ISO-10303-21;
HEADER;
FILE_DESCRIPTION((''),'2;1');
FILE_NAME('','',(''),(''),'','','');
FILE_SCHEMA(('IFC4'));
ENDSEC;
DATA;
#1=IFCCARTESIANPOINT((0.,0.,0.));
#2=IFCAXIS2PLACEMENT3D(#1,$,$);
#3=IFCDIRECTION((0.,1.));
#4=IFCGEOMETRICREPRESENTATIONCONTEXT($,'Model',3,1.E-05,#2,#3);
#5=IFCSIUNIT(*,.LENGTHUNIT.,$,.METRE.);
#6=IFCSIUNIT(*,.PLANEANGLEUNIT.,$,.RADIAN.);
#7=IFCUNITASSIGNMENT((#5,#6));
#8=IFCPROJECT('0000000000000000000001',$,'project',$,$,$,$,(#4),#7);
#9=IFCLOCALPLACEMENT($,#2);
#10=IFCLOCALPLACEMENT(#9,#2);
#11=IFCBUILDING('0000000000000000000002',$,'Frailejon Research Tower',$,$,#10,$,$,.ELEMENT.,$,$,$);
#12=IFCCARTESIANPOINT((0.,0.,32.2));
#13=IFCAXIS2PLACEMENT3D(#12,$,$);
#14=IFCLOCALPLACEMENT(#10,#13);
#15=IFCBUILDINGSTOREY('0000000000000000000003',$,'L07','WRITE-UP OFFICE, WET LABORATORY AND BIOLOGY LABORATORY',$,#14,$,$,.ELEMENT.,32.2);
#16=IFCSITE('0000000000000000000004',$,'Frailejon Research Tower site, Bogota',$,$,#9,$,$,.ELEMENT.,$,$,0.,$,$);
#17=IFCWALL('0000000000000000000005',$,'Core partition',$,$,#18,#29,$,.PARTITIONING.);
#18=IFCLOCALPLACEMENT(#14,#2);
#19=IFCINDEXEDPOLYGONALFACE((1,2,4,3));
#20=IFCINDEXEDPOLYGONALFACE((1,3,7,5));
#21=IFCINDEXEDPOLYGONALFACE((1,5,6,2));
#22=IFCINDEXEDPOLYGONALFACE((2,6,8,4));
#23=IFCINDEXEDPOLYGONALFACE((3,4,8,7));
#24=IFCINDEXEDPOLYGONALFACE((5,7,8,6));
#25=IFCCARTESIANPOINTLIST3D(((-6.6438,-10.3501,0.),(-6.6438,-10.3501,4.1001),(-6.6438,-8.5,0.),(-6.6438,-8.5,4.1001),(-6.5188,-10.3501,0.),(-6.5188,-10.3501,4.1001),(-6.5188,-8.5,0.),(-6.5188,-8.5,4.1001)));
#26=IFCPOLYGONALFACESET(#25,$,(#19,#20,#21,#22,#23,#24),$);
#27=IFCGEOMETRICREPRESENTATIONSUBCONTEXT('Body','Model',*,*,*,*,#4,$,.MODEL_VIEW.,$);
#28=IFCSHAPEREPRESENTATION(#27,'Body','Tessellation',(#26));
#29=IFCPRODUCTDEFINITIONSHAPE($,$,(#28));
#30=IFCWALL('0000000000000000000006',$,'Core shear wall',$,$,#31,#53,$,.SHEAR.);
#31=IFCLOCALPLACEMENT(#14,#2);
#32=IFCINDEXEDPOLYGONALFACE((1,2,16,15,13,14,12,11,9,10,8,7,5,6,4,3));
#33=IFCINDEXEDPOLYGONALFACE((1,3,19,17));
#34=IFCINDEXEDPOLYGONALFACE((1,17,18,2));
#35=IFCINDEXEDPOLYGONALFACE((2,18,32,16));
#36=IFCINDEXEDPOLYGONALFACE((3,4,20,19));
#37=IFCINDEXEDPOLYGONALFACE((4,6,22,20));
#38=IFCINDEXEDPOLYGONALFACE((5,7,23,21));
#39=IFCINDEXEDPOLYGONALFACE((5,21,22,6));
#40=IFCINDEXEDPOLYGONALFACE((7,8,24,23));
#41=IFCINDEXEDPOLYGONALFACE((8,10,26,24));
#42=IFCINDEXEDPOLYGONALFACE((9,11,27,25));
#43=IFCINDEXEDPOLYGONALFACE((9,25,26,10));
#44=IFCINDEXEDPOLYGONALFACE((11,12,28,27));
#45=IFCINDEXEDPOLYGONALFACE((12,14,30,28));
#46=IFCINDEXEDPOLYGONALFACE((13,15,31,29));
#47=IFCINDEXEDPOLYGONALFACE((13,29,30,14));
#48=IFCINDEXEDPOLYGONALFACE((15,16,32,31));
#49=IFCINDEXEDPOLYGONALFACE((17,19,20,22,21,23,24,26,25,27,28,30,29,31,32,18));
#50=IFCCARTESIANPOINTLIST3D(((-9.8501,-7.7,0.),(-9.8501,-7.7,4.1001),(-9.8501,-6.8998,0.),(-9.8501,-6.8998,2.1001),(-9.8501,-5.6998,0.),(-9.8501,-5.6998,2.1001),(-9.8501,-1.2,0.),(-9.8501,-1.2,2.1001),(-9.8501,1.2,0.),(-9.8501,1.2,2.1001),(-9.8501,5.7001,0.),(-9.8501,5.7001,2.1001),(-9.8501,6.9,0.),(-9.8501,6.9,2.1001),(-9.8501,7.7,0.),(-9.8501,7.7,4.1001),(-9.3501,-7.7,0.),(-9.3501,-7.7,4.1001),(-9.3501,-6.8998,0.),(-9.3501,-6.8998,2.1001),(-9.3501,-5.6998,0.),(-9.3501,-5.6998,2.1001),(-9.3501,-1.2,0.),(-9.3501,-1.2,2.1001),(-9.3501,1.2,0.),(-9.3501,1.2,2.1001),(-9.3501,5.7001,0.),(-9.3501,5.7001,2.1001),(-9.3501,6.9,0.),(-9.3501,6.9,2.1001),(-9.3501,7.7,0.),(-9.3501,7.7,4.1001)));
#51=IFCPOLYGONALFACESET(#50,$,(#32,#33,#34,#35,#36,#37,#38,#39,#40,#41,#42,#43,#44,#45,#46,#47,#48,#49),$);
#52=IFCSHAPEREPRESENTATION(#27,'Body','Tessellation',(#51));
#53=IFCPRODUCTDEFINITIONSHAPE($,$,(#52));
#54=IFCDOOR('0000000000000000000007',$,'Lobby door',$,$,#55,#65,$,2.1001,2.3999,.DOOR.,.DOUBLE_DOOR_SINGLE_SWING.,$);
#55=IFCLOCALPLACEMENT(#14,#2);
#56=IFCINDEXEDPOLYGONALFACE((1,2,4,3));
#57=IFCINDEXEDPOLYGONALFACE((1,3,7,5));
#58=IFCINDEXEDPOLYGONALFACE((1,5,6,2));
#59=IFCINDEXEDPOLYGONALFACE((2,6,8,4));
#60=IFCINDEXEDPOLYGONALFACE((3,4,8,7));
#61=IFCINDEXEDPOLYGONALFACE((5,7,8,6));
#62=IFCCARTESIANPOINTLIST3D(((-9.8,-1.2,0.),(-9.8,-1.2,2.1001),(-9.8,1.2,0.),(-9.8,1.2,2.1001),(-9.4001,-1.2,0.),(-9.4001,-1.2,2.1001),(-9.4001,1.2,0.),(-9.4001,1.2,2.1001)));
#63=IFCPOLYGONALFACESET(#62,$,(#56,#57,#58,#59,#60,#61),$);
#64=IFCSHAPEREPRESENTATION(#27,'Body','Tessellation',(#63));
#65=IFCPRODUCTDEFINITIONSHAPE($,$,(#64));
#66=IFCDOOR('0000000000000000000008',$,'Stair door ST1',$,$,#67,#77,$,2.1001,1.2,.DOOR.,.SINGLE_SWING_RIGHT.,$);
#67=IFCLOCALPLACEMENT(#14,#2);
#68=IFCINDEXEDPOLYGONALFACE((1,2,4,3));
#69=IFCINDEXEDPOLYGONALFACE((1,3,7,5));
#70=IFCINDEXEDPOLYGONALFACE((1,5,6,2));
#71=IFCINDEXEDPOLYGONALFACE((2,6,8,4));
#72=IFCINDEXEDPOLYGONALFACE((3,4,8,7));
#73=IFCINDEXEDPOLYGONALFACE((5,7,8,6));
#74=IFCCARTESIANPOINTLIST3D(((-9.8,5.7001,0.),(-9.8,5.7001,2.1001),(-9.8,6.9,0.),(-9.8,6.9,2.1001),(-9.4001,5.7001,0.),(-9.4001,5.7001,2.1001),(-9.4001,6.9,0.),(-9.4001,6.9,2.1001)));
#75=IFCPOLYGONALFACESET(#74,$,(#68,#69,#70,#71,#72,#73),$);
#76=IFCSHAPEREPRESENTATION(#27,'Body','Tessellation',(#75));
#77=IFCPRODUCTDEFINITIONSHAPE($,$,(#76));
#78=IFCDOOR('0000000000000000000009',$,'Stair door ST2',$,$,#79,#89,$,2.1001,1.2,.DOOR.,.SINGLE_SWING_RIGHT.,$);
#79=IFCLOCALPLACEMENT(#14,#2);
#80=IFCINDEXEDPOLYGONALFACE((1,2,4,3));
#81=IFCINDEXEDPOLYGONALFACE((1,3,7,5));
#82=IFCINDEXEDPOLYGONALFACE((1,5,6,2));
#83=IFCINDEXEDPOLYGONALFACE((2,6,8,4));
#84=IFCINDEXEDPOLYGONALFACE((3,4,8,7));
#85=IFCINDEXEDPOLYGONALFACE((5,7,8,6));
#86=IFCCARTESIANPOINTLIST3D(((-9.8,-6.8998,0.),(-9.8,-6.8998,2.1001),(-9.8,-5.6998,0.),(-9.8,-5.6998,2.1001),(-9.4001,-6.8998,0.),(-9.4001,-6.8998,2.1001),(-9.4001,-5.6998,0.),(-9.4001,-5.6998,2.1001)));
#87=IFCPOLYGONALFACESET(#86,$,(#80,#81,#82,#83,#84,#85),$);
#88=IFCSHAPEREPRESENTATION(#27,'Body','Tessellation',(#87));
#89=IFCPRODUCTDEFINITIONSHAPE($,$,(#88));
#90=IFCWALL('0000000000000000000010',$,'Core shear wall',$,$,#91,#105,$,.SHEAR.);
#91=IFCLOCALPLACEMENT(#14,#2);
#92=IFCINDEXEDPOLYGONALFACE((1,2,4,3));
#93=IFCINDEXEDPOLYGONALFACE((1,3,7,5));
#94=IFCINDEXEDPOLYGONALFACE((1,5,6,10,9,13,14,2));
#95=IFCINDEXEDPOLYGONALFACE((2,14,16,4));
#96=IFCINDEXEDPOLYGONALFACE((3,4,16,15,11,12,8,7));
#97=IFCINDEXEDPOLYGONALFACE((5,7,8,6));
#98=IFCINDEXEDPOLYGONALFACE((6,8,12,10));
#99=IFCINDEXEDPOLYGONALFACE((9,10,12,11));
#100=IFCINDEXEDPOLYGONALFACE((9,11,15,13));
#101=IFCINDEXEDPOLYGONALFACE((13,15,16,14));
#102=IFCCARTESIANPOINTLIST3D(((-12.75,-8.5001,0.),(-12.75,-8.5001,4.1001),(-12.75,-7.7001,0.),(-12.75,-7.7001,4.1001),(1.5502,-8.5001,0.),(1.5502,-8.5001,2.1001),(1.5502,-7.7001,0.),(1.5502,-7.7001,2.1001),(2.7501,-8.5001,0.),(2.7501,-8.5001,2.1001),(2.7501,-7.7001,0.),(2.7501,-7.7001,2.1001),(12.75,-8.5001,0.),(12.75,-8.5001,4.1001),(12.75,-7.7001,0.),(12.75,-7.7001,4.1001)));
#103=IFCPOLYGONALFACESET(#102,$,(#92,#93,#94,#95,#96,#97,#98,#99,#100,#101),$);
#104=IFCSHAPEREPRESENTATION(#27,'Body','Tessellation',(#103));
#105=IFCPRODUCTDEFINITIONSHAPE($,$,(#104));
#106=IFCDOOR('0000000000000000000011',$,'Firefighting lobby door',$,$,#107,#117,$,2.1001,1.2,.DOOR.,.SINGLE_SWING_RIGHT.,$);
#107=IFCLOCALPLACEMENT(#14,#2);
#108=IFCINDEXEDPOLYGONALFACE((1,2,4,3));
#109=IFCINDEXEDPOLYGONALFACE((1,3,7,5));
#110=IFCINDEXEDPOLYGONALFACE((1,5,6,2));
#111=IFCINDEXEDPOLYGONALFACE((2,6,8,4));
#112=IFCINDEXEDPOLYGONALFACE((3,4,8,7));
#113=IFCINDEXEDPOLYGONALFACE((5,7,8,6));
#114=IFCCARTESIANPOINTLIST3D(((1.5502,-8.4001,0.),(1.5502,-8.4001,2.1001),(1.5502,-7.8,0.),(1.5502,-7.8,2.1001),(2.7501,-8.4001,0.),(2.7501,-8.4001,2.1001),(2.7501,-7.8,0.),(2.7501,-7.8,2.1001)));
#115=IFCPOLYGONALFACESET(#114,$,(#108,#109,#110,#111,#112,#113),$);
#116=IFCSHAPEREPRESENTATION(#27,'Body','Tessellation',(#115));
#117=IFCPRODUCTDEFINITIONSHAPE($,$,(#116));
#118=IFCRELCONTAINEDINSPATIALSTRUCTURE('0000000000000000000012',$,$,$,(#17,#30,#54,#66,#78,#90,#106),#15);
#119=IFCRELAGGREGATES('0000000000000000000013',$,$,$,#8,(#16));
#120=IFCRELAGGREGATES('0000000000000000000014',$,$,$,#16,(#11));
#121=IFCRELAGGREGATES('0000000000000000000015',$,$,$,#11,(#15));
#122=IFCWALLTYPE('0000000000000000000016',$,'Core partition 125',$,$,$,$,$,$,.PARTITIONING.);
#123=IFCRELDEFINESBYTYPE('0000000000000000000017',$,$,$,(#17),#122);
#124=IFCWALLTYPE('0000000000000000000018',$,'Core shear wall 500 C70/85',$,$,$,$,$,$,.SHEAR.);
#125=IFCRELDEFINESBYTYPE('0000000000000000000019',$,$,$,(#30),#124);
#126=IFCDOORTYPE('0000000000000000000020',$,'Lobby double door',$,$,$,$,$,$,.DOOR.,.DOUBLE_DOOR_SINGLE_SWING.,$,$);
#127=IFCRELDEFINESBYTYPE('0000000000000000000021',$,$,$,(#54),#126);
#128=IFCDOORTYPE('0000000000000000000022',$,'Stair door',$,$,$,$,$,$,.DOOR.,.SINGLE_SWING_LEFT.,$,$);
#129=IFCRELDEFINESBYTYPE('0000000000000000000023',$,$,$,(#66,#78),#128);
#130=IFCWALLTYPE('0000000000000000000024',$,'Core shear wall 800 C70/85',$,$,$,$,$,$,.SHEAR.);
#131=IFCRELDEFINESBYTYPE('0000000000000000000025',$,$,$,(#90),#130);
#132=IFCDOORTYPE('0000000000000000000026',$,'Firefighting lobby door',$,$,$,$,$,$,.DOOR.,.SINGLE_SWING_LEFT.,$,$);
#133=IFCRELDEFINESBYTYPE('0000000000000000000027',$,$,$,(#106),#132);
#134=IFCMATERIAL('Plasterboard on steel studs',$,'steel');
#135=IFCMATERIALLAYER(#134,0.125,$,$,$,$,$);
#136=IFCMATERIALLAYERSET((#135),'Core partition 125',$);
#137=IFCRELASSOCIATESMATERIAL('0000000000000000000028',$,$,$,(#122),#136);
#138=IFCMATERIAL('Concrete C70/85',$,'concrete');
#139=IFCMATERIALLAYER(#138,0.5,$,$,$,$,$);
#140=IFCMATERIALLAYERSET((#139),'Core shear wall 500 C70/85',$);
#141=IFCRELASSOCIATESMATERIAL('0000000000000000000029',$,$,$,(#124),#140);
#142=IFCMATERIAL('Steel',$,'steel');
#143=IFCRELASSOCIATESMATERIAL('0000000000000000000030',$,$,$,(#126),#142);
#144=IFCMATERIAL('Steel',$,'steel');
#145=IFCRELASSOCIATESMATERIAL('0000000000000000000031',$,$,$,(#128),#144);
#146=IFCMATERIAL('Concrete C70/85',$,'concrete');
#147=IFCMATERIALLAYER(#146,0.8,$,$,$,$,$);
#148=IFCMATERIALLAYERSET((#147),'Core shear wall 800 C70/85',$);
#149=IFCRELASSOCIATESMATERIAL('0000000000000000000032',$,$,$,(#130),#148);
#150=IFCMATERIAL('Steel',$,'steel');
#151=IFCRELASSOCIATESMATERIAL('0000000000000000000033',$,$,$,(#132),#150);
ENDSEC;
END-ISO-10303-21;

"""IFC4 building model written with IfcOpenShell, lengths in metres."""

from ifc_helpers import new_model, si_unit, direction, frame, frame_2d, origin, place, context, subcontext, project, spatial, rectangle, extrude, material, layer, layer_set, type_object, element, fill, save


model = new_model("IFC4")

# Units and contexts
model_context = context("Model", 3, precision=1e-05, world=origin(), true_north=direction((0.0, 1.0)))
body_context = subcontext(model_context, "Body", "Model", "MODEL_VIEW")
ifc_project = project(units=[si_unit("LENGTHUNIT", "METRE"), si_unit("PLANEANGLEUNIT", "RADIAN")], contexts=[model_context])

# Site, building, storey
site_placement = place(None, origin())
site = spatial("IfcSite", under=ifc_project, at=site_placement, Name="Frailejon Research Tower site, Bogota", CompositionType="ELEMENT", RefElevation=0.0)
building_placement = place(site_placement, origin())
building = spatial("IfcBuilding", under=site, at=building_placement, Name="Frailejon Research Tower", CompositionType="ELEMENT")
storey_placement = place(building_placement, frame((0.0, 0.0, 32.2)))
storey = spatial("IfcBuildingStorey", under=building, at=storey_placement, Name="L07", Description="WRITE-UP OFFICE, WET LABORATORY AND BIOLOGY LABORATORY", CompositionType="ELEMENT", Elevation=32.2)

# Wall
ifc_material_1 = material(Name="Plasterboard on steel studs", Category="steel")
ifc_layer_1 = layer(ifc_material_1, 0.125)
ifc_layer_set_1 = layer_set([ifc_layer_1], Name="Core partition 125")
wall_type_1 = type_object("IfcWallType", Name="Core partition 125", PredefinedType="PARTITIONING", material=ifc_layer_set_1)
wall_1_placement = place(storey_placement, frame((-6.5813, -10.3501, 0.0), z_axis=(0.0, 0.0, 1.0), x_axis=(0.0, 1.0, 0.0)))
element("IfcWall", 1, at=wall_1_placement, inside=storey, type_object=wall_type_1, Name="Core partition", PredefinedType="PARTITIONING", context=body_context, shape_type="SweptSolid", body=[
    extrude(rectangle(XDim=1.8501, YDim=0.125, at=frame_2d((0.925, 0.0))), origin(), (0.0, 0.0, 1.0), 4.1001),
])

# Wall, openings, doors
ifc_material_2 = material(Name="Concrete C70/85", Category="concrete")
ifc_layer_2 = layer(ifc_material_2, 0.5)
ifc_layer_set_2 = layer_set([ifc_layer_2], Name="Core shear wall 500 C70/85")
wall_type_2 = type_object("IfcWallType", Name="Core shear wall 500 C70/85", PredefinedType="SHEAR", material=ifc_layer_set_2)
wall_2_placement = place(storey_placement, frame((-9.6001, -7.7, 0.0), z_axis=(0.0, 0.0, 1.0), x_axis=(0.0, 1.0, 0.0)))
wall_2 = element("IfcWall", 2, at=wall_2_placement, inside=storey, type_object=wall_type_2, Name="Core shear wall", PredefinedType="SHEAR", context=body_context, shape_type="SweptSolid", body=[
    extrude(rectangle(XDim=15.3999, YDim=0.5, at=frame_2d((7.7, 0.0))), origin(), (0.0, 0.0, 1.0), 4.1001),
])
opening_1_placement = place(wall_2_placement, frame((6.5, 0.0, 0.0)))
opening_1 = element("IfcOpeningElement", 3, at=opening_1_placement, cuts=wall_2, PredefinedType="OPENING", context=body_context, shape_type="SweptSolid", body=[
    extrude(rectangle(XDim=2.3999, YDim=2.1001, at=frame_2d((1.2, 1.05))), frame((0.0, 0.26, 0.0), z_axis=(0.0, -1.0, 0.0), x_axis=(1.0, 0.0, 0.0)), (0.0, 0.0, 1.0), 0.52),
])
opening_2_placement = place(wall_2_placement, frame((13.3999, 0.0, 0.0)))
opening_2 = element("IfcOpeningElement", 4, at=opening_2_placement, cuts=wall_2, PredefinedType="OPENING", context=body_context, shape_type="SweptSolid", body=[
    extrude(rectangle(XDim=1.2, YDim=2.1001, at=frame_2d((0.6001, 1.05))), frame((0.0, 0.26, 0.0), z_axis=(0.0, -1.0, 0.0), x_axis=(1.0, 0.0, 0.0)), (0.0, 0.0, 1.0), 0.52),
])
opening_3_placement = place(wall_2_placement, frame((0.8, 0.0, 0.0)))
opening_3 = element("IfcOpeningElement", 5, at=opening_3_placement, cuts=wall_2, PredefinedType="OPENING", context=body_context, shape_type="SweptSolid", body=[
    extrude(rectangle(XDim=1.2, YDim=2.1001, at=frame_2d((0.6001, 1.05))), frame((0.0, 0.26, 0.0), z_axis=(0.0, -1.0, 0.0), x_axis=(1.0, 0.0, 0.0)), (0.0, 0.0, 1.0), 0.52),
])
ifc_material_3 = material(Name="Steel", Category="steel")
door_type_1 = type_object("IfcDoorType", Name="Lobby double door", OperationType="DOUBLE_DOOR_SINGLE_SWING", PredefinedType="DOOR", material=ifc_material_3)
door_1_placement = place(opening_1_placement, origin())
door_1 = element("IfcDoor", 6, at=door_1_placement, inside=storey, type_object=door_type_1, Name="Lobby door", OperationType="DOUBLE_DOOR_SINGLE_SWING", OverallHeight=2.1001, OverallWidth=2.3999, PredefinedType="DOOR", context=body_context, shape_type="SweptSolid", body=[
    extrude(rectangle(XDim=2.3999, YDim=2.1001, at=frame_2d((1.2, 1.05))), frame((0.0, 0.2, 0.0), z_axis=(0.0, -1.0, 0.0), x_axis=(1.0, 0.0, 0.0)), (0.0, 0.0, 1.0), 0.3999),
])
fill(opening_1, door_1)
ifc_material_4 = material(Name="Steel", Category="steel")
door_type_2 = type_object("IfcDoorType", Name="Stair door", OperationType="SINGLE_SWING_LEFT", PredefinedType="DOOR", material=ifc_material_4)
door_2_placement = place(opening_2_placement, origin())
door_2 = element("IfcDoor", 7, at=door_2_placement, inside=storey, type_object=door_type_2, Name="Stair door ST1", OperationType="SINGLE_SWING_RIGHT", OverallHeight=2.1001, OverallWidth=1.2, PredefinedType="DOOR", context=body_context, shape_type="SweptSolid", body=[
    extrude(rectangle(XDim=1.2, YDim=2.1001, at=frame_2d((0.6001, 1.05))), frame((0.0, 0.2, 0.0), z_axis=(0.0, -1.0, 0.0), x_axis=(1.0, 0.0, 0.0)), (0.0, 0.0, 1.0), 0.3999),
])
fill(opening_2, door_2)
door_3_placement = place(opening_3_placement, origin())
door_3 = element("IfcDoor", 8, at=door_3_placement, inside=storey, type_object=door_type_2, Name="Stair door ST2", OperationType="SINGLE_SWING_RIGHT", OverallHeight=2.1001, OverallWidth=1.2, PredefinedType="DOOR", context=body_context, shape_type="SweptSolid", body=[
    extrude(rectangle(XDim=1.2, YDim=2.1001, at=frame_2d((0.6001, 1.05))), frame((0.0, 0.2, 0.0), z_axis=(0.0, -1.0, 0.0), x_axis=(1.0, 0.0, 0.0)), (0.0, 0.0, 1.0), 0.3999),
])
fill(opening_3, door_3)

# Wall, opening, door
ifc_material_5 = material(Name="Concrete C70/85", Category="concrete")
ifc_layer_3 = layer(ifc_material_5, 0.8)
ifc_layer_set_3 = layer_set([ifc_layer_3], Name="Core shear wall 800 C70/85")
wall_type_3 = type_object("IfcWallType", Name="Core shear wall 800 C70/85", PredefinedType="SHEAR", material=ifc_layer_set_3)
wall_3_placement = place(storey_placement, frame((-12.75, -8.1001, 0.0), z_axis=(0.0, 0.0, 1.0), x_axis=(1.0, 0.0, 0.0)))
wall_3 = element("IfcWall", 9, at=wall_3_placement, inside=storey, type_object=wall_type_3, Name="Core shear wall", PredefinedType="SHEAR", context=body_context, shape_type="SweptSolid", body=[
    extrude(rectangle(XDim=25.5, YDim=0.8, at=frame_2d((12.75, 0.0))), origin(), (0.0, 0.0, 1.0), 4.1001),
])
opening_4_placement = place(wall_3_placement, frame((14.3, 0.0, 0.0)))
opening_4 = element("IfcOpeningElement", 10, at=opening_4_placement, cuts=wall_3, PredefinedType="OPENING", context=body_context, shape_type="SweptSolid", body=[
    extrude(rectangle(XDim=1.2, YDim=2.1001, at=frame_2d((0.6001, 1.05))), frame((0.0, 0.4099, 0.0), z_axis=(0.0, -1.0, 0.0), x_axis=(1.0, 0.0, 0.0)), (0.0, 0.0, 1.0), 0.8201),
])
ifc_material_6 = material(Name="Steel", Category="steel")
door_type_3 = type_object("IfcDoorType", Name="Firefighting lobby door", OperationType="SINGLE_SWING_LEFT", PredefinedType="DOOR", material=ifc_material_6)
door_4_placement = place(opening_4_placement, origin())
door_4 = element("IfcDoor", 11, at=door_4_placement, inside=storey, type_object=door_type_3, Name="Firefighting lobby door", OperationType="SINGLE_SWING_RIGHT", OverallHeight=2.1001, OverallWidth=1.2, PredefinedType="DOOR", context=body_context, shape_type="SweptSolid", body=[
    extrude(rectangle(XDim=1.2, YDim=2.1001, at=frame_2d((0.6001, 1.05))), frame((0.0, 0.3, 0.0), z_axis=(0.0, -1.0, 0.0), x_axis=(1.0, 0.0, 0.0)), (0.0, 0.0, 1.0), 0.6001),
])
fill(opening_4, door_4)

save(model, "model.ifc")
